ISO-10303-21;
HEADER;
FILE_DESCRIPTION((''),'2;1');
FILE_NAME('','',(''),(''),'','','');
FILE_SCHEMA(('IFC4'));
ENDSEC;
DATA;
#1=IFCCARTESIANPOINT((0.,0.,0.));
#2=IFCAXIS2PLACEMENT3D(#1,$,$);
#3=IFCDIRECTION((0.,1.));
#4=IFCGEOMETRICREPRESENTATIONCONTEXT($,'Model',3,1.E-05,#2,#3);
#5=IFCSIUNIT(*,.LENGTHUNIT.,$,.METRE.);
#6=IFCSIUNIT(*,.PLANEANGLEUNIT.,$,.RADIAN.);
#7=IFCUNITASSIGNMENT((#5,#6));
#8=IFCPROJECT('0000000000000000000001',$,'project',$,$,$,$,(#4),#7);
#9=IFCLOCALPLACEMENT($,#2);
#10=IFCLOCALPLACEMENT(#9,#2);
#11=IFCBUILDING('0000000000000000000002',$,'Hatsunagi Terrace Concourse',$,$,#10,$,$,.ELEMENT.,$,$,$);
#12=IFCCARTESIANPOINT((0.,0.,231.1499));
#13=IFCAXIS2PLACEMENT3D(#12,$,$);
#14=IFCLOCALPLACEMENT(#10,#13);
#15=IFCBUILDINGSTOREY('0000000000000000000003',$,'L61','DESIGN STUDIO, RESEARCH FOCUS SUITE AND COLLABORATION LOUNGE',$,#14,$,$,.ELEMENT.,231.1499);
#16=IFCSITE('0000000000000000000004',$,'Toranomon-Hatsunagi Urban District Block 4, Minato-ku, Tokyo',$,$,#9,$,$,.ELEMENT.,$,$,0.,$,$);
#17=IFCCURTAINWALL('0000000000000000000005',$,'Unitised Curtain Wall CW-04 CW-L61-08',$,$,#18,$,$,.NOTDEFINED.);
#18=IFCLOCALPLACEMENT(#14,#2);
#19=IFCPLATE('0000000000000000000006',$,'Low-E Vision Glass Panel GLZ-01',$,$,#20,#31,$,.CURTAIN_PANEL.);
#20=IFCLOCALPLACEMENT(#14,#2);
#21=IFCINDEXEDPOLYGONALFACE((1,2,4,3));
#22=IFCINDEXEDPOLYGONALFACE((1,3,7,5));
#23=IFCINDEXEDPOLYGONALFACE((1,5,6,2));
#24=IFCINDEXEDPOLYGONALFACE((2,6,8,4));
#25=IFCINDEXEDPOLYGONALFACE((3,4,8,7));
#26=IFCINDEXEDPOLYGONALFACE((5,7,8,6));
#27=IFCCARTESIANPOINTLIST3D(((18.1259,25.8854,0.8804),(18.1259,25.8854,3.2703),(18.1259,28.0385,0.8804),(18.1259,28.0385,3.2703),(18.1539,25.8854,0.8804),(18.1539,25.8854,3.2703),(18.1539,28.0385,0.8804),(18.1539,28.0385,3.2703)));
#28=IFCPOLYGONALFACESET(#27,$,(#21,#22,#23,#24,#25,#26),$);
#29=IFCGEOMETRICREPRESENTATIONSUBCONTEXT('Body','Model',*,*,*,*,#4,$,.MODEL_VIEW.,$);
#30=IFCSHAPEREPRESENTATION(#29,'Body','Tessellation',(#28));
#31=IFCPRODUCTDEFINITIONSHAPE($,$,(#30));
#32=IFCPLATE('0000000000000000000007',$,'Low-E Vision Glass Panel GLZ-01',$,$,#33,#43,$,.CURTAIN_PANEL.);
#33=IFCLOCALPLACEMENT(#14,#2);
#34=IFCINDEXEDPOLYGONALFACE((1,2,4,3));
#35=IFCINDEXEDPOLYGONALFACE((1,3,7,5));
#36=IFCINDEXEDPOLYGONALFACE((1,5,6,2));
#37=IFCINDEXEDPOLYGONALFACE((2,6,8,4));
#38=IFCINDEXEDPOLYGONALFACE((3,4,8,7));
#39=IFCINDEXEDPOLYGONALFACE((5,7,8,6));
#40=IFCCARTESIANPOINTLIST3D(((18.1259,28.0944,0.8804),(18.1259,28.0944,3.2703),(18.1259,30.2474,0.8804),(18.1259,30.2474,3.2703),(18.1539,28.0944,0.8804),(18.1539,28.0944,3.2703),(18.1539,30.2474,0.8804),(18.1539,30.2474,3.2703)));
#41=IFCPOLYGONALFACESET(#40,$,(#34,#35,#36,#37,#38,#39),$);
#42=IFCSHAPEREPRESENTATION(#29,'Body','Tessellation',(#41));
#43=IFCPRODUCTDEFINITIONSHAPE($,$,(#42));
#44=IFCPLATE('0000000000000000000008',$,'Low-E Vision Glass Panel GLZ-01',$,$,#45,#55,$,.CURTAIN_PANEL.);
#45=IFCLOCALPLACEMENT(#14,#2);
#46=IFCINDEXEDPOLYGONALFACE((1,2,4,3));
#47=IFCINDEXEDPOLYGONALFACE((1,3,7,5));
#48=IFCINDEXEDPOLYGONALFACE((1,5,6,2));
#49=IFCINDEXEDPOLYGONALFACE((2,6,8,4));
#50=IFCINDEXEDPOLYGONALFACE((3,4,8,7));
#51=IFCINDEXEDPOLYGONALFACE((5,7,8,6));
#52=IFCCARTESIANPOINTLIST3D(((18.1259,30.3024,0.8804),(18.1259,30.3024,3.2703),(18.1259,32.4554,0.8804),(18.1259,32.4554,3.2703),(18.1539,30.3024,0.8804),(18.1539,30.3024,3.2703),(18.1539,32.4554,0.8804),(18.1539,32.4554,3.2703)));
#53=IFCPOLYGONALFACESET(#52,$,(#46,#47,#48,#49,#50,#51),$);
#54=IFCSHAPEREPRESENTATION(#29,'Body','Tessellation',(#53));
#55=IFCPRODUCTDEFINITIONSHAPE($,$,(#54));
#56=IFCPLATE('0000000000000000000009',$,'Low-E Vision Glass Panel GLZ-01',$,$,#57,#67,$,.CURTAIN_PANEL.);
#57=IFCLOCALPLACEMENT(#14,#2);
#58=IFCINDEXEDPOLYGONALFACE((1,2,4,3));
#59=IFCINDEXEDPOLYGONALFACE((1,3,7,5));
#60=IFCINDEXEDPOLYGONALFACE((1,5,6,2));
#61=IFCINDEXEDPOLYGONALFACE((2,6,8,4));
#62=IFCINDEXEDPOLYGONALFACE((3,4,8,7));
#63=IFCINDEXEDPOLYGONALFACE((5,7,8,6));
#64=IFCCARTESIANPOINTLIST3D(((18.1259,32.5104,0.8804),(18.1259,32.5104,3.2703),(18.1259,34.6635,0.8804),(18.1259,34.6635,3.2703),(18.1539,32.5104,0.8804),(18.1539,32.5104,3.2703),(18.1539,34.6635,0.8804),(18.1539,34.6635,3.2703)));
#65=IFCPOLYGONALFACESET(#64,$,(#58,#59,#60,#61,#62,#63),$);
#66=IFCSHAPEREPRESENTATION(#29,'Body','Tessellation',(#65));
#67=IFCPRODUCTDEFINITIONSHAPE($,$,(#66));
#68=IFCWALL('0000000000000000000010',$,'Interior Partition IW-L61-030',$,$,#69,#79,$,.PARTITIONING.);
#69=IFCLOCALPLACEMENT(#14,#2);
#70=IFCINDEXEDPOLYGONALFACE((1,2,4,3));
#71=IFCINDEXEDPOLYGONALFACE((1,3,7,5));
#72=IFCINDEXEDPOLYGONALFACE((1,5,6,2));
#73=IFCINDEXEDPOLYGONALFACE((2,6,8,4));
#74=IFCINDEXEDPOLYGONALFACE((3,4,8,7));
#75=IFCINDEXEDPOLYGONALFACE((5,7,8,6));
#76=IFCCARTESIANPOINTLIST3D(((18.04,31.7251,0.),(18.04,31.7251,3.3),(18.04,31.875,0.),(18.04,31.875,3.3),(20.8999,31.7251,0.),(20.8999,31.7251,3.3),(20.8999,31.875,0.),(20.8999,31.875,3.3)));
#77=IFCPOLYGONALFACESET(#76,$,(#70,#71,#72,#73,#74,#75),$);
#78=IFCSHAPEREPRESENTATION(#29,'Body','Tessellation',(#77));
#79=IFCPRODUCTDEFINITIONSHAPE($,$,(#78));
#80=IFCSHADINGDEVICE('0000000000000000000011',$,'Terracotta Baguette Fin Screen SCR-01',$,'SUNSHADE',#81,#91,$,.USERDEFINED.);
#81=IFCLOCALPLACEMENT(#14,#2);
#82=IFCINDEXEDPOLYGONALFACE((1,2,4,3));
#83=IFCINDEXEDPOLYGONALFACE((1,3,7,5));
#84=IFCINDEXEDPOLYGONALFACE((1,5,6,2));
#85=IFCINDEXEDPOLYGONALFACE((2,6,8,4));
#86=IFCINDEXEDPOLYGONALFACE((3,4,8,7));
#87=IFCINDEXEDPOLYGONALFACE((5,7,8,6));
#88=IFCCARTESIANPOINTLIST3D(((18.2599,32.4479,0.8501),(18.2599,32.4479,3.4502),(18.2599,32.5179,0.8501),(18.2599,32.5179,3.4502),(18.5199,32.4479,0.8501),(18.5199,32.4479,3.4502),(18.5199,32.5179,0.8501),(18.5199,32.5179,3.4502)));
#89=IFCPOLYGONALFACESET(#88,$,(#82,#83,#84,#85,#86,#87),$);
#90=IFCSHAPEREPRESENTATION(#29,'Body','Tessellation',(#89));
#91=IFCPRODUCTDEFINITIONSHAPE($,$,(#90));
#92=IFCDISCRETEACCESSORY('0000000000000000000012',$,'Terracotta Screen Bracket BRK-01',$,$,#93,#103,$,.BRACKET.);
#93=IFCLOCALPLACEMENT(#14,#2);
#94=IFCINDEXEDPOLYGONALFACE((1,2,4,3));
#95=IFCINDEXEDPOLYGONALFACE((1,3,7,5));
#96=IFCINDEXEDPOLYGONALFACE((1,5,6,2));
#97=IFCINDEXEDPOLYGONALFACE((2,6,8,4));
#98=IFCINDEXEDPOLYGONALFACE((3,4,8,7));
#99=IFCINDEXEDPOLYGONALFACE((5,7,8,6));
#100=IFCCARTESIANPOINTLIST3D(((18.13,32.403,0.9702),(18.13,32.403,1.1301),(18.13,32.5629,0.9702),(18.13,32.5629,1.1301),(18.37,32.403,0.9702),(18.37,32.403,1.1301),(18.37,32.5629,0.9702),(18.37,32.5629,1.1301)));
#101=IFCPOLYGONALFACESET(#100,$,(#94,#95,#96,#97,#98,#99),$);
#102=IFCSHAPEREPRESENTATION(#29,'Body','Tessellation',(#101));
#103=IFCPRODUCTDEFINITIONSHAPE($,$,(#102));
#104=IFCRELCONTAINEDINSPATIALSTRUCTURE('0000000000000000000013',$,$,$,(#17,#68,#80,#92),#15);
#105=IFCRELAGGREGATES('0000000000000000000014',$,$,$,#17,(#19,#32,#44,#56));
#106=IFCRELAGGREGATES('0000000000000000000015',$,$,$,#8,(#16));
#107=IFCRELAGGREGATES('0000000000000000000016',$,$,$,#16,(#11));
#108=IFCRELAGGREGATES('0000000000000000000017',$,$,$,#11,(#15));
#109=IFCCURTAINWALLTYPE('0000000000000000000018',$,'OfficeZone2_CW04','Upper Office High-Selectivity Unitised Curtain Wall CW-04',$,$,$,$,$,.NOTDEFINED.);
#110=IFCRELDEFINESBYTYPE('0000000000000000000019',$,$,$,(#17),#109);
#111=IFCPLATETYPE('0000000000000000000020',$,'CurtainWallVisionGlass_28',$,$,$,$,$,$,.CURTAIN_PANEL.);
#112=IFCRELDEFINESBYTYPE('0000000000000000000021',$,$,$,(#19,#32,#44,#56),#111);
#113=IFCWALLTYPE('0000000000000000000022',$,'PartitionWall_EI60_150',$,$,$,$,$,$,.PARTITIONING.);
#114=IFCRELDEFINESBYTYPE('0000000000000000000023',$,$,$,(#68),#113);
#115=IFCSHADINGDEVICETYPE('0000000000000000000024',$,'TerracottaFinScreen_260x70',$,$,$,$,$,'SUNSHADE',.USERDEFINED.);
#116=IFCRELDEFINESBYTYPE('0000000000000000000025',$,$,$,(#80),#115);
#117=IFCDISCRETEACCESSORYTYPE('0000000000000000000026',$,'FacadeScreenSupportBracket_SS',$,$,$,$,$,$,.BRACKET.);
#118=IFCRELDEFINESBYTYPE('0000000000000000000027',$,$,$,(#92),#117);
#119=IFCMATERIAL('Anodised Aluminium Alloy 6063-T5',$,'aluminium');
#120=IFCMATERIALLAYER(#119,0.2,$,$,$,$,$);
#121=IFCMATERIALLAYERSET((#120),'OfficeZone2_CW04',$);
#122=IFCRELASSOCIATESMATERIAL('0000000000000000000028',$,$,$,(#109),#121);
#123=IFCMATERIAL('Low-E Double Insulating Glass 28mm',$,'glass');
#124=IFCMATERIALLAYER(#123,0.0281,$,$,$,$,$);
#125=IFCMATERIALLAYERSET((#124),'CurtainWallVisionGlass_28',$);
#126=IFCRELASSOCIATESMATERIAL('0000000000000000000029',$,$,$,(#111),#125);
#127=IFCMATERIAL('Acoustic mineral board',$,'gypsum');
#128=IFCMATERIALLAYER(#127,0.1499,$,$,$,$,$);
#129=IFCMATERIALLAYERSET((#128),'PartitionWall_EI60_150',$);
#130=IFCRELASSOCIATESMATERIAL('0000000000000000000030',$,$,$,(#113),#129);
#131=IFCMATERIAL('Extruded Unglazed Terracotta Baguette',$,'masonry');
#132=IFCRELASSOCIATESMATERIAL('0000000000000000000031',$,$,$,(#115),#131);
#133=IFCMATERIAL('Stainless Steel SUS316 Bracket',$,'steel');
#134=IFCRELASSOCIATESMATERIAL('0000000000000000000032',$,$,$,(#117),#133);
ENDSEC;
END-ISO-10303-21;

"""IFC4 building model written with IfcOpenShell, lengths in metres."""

from ifc_helpers import new_model, si_unit, direction, frame, frame_2d, origin, origin_2d, place, context, subcontext, project, spatial, rectangle, extrude, material, layer, layer_set, type_object, element, aggregate, save


model = new_model("IFC4")

# Units and contexts
model_context = context("Model", 3, precision=1e-05, world=origin(), true_north=direction((0.0, 1.0)))
body_context = subcontext(model_context, "Body", "Model", "MODEL_VIEW")
ifc_project = project(units=[si_unit("LENGTHUNIT", "METRE"), si_unit("PLANEANGLEUNIT", "RADIAN")], contexts=[model_context])

# Site, building, storey
site_placement = place(None, origin())
site = spatial("IfcSite", under=ifc_project, at=site_placement, Name="Toranomon-Hatsunagi Urban District Block 4, Minato-ku, Tokyo", CompositionType="ELEMENT", RefElevation=0.0)
building_placement = place(site_placement, origin())
building = spatial("IfcBuilding", under=site, at=building_placement, Name="Hatsunagi Terrace Concourse", CompositionType="ELEMENT")
storey_placement = place(building_placement, frame((0.0, 0.0, 231.1499)))
storey = spatial("IfcBuildingStorey", under=building, at=storey_placement, Name="L61", Description="DESIGN STUDIO, RESEARCH FOCUS SUITE AND COLLABORATION LOUNGE", CompositionType="ELEMENT", Elevation=231.1499)

# Curtain wall
ifc_material_1 = material(Name="Anodised Aluminium Alloy 6063-T5", Category="aluminium")
ifc_layer_1 = layer(ifc_material_1, 0.2)
ifc_layer_set_1 = layer_set([ifc_layer_1], Name="OfficeZone2_CW04")
curtain_wall_type = type_object("IfcCurtainWallType", Name="OfficeZone2_CW04", Description="Upper Office High-Selectivity Unitised Curtain Wall CW-04", PredefinedType="NOTDEFINED", material=ifc_layer_set_1)
curtain_wall_placement = place(storey_placement, origin())
curtain_wall = element("IfcCurtainWall", 1, at=curtain_wall_placement, inside=storey, type_object=curtain_wall_type, Name="Unitised Curtain Wall CW-04 CW-L61-08", PredefinedType="NOTDEFINED")

# Plates
ifc_material_2 = material(Name="Low-E Double Insulating Glass 28mm", Category="glass")
ifc_layer_2 = layer(ifc_material_2, 0.0281)
ifc_layer_set_2 = layer_set([ifc_layer_2], Name="CurtainWallVisionGlass_28")
plate_type_1 = type_object("IfcPlateType", Name="CurtainWallVisionGlass_28", PredefinedType="CURTAIN_PANEL", material=ifc_layer_set_2)
plate_1_placement = place(storey_placement, frame((18.1399, 26.9619, 0.8804), z_axis=(0.0, 0.0, 1.0), x_axis=(0.0, 1.0, 0.0)))
plate_1 = element("IfcPlate", 2, at=plate_1_placement, type_object=plate_type_1, Name="Low-E Vision Glass Panel GLZ-01", PredefinedType="CURTAIN_PANEL", context=body_context, shape_type="SweptSolid", body=[
    extrude(rectangle(XDim=2.1531, YDim=0.0281, at=origin_2d()), origin(), (0.0, 0.0, 1.0), 2.3899),
])
plate_2_placement = place(storey_placement, frame((18.1399, 29.1709, 0.8804), z_axis=(0.0, 0.0, 1.0), x_axis=(0.0, 1.0, 0.0)))
plate_2 = element("IfcPlate", 3, at=plate_2_placement, type_object=plate_type_1, Name="Low-E Vision Glass Panel GLZ-01", PredefinedType="CURTAIN_PANEL", context=body_context, shape_type="SweptSolid", body=[
    extrude(rectangle(XDim=2.1531, YDim=0.0281, at=origin_2d()), origin(), (0.0, 0.0, 1.0), 2.3899),
])
plate_3_placement = place(storey_placement, frame((18.1399, 31.3789, 0.8804), z_axis=(0.0, 0.0, 1.0), x_axis=(0.0, 1.0, 0.0)))
plate_3 = element("IfcPlate", 4, at=plate_3_placement, type_object=plate_type_1, Name="Low-E Vision Glass Panel GLZ-01", PredefinedType="CURTAIN_PANEL", context=body_context, shape_type="SweptSolid", body=[
    extrude(rectangle(XDim=2.1531, YDim=0.0281, at=origin_2d()), origin(), (0.0, 0.0, 1.0), 2.3899),
])
plate_4_placement = place(storey_placement, frame((18.1399, 33.5869, 0.8804), z_axis=(0.0, 0.0, 1.0), x_axis=(0.0, 1.0, 0.0)))
plate_4 = element("IfcPlate", 5, at=plate_4_placement, type_object=plate_type_1, Name="Low-E Vision Glass Panel GLZ-01", PredefinedType="CURTAIN_PANEL", context=body_context, shape_type="SweptSolid", body=[
    extrude(rectangle(XDim=2.1531, YDim=0.0281, at=origin_2d()), origin(), (0.0, 0.0, 1.0), 2.3899),
])
aggregate(curtain_wall, [plate_1, plate_2, plate_3, plate_4])

# Wall
ifc_material_3 = material(Name="Acoustic mineral board", Category="gypsum")
ifc_layer_3 = layer(ifc_material_3, 0.1499)
ifc_layer_set_3 = layer_set([ifc_layer_3], Name="PartitionWall_EI60_150")
wall_type = type_object("IfcWallType", Name="PartitionWall_EI60_150", PredefinedType="PARTITIONING", material=ifc_layer_set_3)
wall_placement = place(storey_placement, frame((18.04, 31.8, 0.0), z_axis=(0.0, 0.0, 1.0), x_axis=(1.0, 0.0, 0.0)))
element("IfcWall", 6, at=wall_placement, inside=storey, type_object=wall_type, Name="Interior Partition IW-L61-030", PredefinedType="PARTITIONING", context=body_context, shape_type="SweptSolid", body=[
    extrude(rectangle(XDim=2.8599, YDim=0.1499, at=frame_2d((1.4299, 0.0))), origin(), (0.0, 0.0, 1.0), 3.3),
])

# Shading device
ifc_material_4 = material(Name="Extruded Unglazed Terracotta Baguette", Category="masonry")
shading_device_type = type_object("IfcShadingDeviceType", Name="TerracottaFinScreen_260x70", ElementType="SUNSHADE", PredefinedType="USERDEFINED", material=ifc_material_4)
shading_device_placement = place(storey_placement, frame((18.3899, 32.4829, 0.8501), z_axis=(0.0, 0.0, 1.0), x_axis=(0.0, 1.0, 0.0)))
element("IfcShadingDevice", 7, at=shading_device_placement, inside=storey, type_object=shading_device_type, Name="Terracotta Baguette Fin Screen SCR-01", ObjectType="SUNSHADE", PredefinedType="USERDEFINED", context=body_context, shape_type="SweptSolid", body=[
    extrude(rectangle(XDim=0.0701, YDim=0.26, at=origin_2d()), origin(), (0.0, 0.0, 1.0), 2.6001),
])

# Discrete accessory
ifc_material_5 = material(Name="Stainless Steel SUS316 Bracket", Category="steel")
discrete_accessory_type = type_object("IfcDiscreteAccessoryType", Name="FacadeScreenSupportBracket_SS", PredefinedType="BRACKET", material=ifc_material_5)
discrete_accessory_placement = place(storey_placement, frame((18.25, 32.4829, 0.9702), z_axis=(0.0, 0.0, 1.0), x_axis=(0.0, 1.0, 0.0)))
element("IfcDiscreteAccessory", 8, at=discrete_accessory_placement, inside=storey, type_object=discrete_accessory_type, Name="Terracotta Screen Bracket BRK-01", PredefinedType="BRACKET", context=body_context, shape_type="SweptSolid", body=[
    extrude(rectangle(XDim=0.1599, YDim=0.24, at=origin_2d()), origin(), (0.0, 0.0, 1.0), 0.1599),
])

save(model, "model.ifc")
